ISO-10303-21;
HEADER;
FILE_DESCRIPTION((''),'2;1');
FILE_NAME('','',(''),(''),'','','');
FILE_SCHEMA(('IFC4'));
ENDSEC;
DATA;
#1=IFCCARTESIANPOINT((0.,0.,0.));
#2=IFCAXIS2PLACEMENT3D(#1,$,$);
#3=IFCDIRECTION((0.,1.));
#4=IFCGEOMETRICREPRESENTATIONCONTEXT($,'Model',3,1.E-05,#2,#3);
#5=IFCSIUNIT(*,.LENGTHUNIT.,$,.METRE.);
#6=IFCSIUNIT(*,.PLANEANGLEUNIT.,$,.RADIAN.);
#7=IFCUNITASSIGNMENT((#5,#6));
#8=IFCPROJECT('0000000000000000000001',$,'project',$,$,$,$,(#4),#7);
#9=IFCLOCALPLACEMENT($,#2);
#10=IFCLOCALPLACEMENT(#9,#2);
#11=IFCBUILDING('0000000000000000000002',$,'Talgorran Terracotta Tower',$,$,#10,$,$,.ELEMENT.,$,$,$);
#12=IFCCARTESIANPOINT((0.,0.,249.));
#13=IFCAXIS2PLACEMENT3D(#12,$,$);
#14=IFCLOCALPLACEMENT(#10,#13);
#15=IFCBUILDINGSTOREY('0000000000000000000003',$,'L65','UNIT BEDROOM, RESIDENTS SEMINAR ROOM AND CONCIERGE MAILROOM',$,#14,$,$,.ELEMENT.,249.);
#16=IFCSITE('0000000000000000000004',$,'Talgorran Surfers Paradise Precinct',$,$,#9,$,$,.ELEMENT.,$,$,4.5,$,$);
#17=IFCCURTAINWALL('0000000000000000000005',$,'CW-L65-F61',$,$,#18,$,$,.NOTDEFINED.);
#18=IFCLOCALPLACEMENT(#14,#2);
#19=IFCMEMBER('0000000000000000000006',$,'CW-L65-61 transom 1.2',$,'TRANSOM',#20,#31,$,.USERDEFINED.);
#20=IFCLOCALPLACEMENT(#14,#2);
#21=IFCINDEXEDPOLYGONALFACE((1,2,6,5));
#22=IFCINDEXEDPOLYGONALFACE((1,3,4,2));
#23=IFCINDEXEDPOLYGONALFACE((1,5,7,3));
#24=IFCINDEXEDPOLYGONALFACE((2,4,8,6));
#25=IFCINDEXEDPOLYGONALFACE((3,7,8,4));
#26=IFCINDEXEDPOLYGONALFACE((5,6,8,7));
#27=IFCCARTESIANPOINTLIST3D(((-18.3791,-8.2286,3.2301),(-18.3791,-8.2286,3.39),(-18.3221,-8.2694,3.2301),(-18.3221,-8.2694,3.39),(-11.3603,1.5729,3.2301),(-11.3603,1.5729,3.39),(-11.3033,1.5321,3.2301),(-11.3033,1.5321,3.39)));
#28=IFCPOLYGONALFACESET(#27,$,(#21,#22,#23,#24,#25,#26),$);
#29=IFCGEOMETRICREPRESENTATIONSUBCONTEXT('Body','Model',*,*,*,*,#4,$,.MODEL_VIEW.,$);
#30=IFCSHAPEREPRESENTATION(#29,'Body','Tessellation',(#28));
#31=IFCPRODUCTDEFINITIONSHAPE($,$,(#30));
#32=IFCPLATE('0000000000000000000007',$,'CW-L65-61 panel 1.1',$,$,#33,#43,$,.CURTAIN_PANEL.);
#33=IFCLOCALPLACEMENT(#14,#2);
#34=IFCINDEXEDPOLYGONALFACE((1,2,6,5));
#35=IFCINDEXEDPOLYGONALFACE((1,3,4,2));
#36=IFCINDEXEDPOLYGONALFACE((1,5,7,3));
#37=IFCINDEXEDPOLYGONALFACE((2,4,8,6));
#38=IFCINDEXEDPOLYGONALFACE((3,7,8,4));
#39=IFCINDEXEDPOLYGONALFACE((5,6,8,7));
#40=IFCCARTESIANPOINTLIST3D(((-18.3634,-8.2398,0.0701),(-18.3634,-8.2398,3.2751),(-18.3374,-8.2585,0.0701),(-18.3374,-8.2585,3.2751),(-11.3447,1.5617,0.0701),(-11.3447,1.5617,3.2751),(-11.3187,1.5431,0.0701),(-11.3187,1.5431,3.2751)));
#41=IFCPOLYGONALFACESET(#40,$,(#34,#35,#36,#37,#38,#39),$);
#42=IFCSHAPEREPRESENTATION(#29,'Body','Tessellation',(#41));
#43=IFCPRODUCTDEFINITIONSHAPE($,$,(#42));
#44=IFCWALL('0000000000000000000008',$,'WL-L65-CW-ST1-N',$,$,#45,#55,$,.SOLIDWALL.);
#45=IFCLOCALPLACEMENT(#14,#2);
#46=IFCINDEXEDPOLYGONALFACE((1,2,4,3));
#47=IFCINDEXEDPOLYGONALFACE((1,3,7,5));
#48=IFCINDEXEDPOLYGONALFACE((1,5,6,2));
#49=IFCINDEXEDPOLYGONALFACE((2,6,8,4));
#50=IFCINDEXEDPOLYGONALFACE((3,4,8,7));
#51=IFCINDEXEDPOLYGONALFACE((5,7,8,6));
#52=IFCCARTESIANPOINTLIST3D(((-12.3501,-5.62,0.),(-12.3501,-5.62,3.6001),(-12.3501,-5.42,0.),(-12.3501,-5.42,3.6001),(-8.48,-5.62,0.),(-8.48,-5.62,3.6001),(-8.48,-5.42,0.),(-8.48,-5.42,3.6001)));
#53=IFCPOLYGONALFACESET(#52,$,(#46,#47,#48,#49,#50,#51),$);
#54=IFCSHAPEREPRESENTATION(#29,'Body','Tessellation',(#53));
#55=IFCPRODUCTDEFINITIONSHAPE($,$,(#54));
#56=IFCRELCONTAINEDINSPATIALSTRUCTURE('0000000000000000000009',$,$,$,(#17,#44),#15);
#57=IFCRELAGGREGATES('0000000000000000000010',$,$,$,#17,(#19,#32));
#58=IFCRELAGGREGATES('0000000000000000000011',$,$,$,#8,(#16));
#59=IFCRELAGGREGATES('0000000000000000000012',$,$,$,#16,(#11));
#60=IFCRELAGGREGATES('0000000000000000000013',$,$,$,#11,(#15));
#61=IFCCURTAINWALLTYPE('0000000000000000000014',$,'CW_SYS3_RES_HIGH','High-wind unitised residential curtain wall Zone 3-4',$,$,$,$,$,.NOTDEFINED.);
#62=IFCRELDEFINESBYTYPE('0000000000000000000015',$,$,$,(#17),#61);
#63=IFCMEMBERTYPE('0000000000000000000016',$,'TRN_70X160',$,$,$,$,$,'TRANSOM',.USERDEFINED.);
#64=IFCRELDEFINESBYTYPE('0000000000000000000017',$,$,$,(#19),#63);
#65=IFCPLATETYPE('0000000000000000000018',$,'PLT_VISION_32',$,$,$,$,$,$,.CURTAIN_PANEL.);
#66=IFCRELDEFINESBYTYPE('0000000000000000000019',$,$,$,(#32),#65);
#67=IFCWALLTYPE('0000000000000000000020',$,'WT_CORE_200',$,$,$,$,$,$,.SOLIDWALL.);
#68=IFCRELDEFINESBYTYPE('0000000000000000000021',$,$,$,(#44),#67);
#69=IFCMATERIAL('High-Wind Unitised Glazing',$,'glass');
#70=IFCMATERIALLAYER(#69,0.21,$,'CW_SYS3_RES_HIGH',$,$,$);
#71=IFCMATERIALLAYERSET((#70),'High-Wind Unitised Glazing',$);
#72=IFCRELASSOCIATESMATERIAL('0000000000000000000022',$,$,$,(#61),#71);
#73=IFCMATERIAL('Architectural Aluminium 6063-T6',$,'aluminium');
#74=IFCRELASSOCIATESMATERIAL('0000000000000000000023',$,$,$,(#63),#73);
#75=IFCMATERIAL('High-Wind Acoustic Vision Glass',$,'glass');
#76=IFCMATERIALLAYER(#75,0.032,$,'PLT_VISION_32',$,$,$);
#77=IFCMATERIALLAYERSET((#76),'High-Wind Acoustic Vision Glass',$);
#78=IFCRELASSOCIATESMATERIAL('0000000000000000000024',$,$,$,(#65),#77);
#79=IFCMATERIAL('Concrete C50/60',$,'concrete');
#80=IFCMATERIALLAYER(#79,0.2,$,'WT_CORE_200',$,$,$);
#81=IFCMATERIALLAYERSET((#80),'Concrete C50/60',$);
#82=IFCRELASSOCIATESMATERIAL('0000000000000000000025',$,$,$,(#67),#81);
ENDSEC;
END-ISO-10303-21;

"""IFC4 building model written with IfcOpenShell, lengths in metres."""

from ifc_helpers import new_model, si_unit, direction, frame, frame_2d, origin, origin_2d, place, context, subcontext, project, spatial, rectangle, extrude, source, transform, mapped, material, layer, layer_set, material_profile, profile_set, type_object, type_shapes, element, aggregate, save


model = new_model("IFC4")

# Units and contexts
model_context = context("Model", 3, precision=1e-05, world=origin(), true_north=direction((0.0, 1.0)))
body_context = subcontext(model_context, "Body", "Model", "MODEL_VIEW")
ifc_project = project(units=[si_unit("LENGTHUNIT", "METRE"), si_unit("PLANEANGLEUNIT", "RADIAN")], contexts=[model_context])

# Site, building, storey
site_placement = place(None, origin())
site = spatial("IfcSite", under=ifc_project, at=site_placement, Name="Talgorran Surfers Paradise Precinct", CompositionType="ELEMENT", RefElevation=4.5)
building_placement = place(site_placement, origin())
building = spatial("IfcBuilding", under=site, at=building_placement, Name="Talgorran Terracotta Tower", CompositionType="ELEMENT")
storey_placement = place(building_placement, frame((0.0, 0.0, 249.0)))
storey = spatial("IfcBuildingStorey", under=building, at=storey_placement, Name="L65", Description="UNIT BEDROOM, RESIDENTS SEMINAR ROOM AND CONCIERGE MAILROOM", CompositionType="ELEMENT", Elevation=249.0)

# Curtain wall, member, plate
ifc_material_1 = material(Name="High-Wind Unitised Glazing", Category="glass")
ifc_layer_1 = layer(ifc_material_1, 0.21, Name="CW_SYS3_RES_HIGH")
ifc_layer_set_1 = layer_set([ifc_layer_1], Name="High-Wind Unitised Glazing")
curtain_wall_type = type_object("IfcCurtainWallType", Name="CW_SYS3_RES_HIGH", Description="High-wind unitised residential curtain wall Zone 3-4", PredefinedType="NOTDEFINED", material=ifc_layer_set_1)
curtain_wall_placement = place(storey_placement, origin())
curtain_wall = element("IfcCurtainWall", 1, at=curtain_wall_placement, inside=storey, type_object=curtain_wall_type, Name="CW-L65-F61", PredefinedType="NOTDEFINED")
ifc_material_2 = material(Name="Architectural Aluminium 6063-T6", Category="aluminium")
ifc_material_profile_1 = material_profile(ifc_material_2, rectangle(XDim=0.0701, YDim=0.1599, at=origin_2d()), Name="CWT70X160")
ifc_profile_set_1 = profile_set([ifc_material_profile_1], Name="Architectural Aluminium 6063-T6")
member_type_1 = type_object("IfcMemberType", Name="TRN_70X160", ElementType="TRANSOM", PredefinedType="USERDEFINED", material=ifc_profile_set_1)
member_1_placement = place(storey_placement, frame((-11.3318, 1.5525, 3.3101), z_axis=(-0.582211, -0.813038, 0.0), x_axis=(0.813038, -0.582211, 0.0)))
member_1 = element("IfcMember", 2, at=member_1_placement, type_object=member_type_1, Name="CW-L65-61 transom 1.2", ObjectType="TRANSOM", PredefinedType="USERDEFINED", context=body_context, shape_type="SweptSolid", body=[
    extrude(rectangle(XDim=0.0701, YDim=0.1599, at=origin_2d()), origin(), (0.0, 0.0, 1.0), 12.0554),
])
ifc_material_3 = material(Name="High-Wind Acoustic Vision Glass", Category="glass")
ifc_layer_2 = layer(ifc_material_3, 0.032, Name="PLT_VISION_32")
ifc_layer_set_2 = layer_set([ifc_layer_2], Name="High-Wind Acoustic Vision Glass")
plate_type = type_object("IfcPlateType", Name="PLT_VISION_32", PredefinedType="CURTAIN_PANEL", material=ifc_layer_set_2)
shared_shape = source(origin(), body_context, "Body", "SweptSolid", [
    extrude(rectangle(XDim=12.0554, YDim=0.032, at=origin_2d()), origin(), (0.0, 0.0, 1.0), 3.2051),
])
type_shapes(plate_type, [shared_shape])
plate_placement = place(storey_placement, frame((-14.8411, -3.3484, 0.0701), z_axis=(0.0, 0.0, 1.0), x_axis=(-0.582208, -0.81304, 0.0)))
plate = element("IfcPlate", 3, at=plate_placement, type_object=plate_type, Name="CW-L65-61 panel 1.1", PredefinedType="CURTAIN_PANEL", context=body_context, shape_type="MappedRepresentation", body=[
    mapped(shared_shape, transform((0.0, 0.0, 0.0), scale=1.0)),
])
aggregate(curtain_wall, [member_1, plate])

# Wall
ifc_material_4 = material(Name="Concrete C50/60", Category="concrete")
ifc_layer_3 = layer(ifc_material_4, 0.2, Name="WT_CORE_200")
ifc_layer_set_3 = layer_set([ifc_layer_3], Name="Concrete C50/60")
wall_type_1 = type_object("IfcWallType", Name="WT_CORE_200", PredefinedType="SOLIDWALL", material=ifc_layer_set_3)
wall_1_placement = place(storey_placement, frame((-12.3501, -5.52, 0.0), z_axis=(0.0, 0.0, 1.0), x_axis=(1.0, 0.0, 0.0)))
element("IfcWall", 4, at=wall_1_placement, inside=storey, type_object=wall_type_1, Name="WL-L65-CW-ST1-N", PredefinedType="SOLIDWALL", context=body_context, shape_type="SweptSolid", body=[
    extrude(rectangle(XDim=3.8701, YDim=0.2, at=frame_2d((1.9351, 0.0))), origin(), (0.0, 0.0, 1.0), 3.6001),
])

save(model, "model.ifc")
